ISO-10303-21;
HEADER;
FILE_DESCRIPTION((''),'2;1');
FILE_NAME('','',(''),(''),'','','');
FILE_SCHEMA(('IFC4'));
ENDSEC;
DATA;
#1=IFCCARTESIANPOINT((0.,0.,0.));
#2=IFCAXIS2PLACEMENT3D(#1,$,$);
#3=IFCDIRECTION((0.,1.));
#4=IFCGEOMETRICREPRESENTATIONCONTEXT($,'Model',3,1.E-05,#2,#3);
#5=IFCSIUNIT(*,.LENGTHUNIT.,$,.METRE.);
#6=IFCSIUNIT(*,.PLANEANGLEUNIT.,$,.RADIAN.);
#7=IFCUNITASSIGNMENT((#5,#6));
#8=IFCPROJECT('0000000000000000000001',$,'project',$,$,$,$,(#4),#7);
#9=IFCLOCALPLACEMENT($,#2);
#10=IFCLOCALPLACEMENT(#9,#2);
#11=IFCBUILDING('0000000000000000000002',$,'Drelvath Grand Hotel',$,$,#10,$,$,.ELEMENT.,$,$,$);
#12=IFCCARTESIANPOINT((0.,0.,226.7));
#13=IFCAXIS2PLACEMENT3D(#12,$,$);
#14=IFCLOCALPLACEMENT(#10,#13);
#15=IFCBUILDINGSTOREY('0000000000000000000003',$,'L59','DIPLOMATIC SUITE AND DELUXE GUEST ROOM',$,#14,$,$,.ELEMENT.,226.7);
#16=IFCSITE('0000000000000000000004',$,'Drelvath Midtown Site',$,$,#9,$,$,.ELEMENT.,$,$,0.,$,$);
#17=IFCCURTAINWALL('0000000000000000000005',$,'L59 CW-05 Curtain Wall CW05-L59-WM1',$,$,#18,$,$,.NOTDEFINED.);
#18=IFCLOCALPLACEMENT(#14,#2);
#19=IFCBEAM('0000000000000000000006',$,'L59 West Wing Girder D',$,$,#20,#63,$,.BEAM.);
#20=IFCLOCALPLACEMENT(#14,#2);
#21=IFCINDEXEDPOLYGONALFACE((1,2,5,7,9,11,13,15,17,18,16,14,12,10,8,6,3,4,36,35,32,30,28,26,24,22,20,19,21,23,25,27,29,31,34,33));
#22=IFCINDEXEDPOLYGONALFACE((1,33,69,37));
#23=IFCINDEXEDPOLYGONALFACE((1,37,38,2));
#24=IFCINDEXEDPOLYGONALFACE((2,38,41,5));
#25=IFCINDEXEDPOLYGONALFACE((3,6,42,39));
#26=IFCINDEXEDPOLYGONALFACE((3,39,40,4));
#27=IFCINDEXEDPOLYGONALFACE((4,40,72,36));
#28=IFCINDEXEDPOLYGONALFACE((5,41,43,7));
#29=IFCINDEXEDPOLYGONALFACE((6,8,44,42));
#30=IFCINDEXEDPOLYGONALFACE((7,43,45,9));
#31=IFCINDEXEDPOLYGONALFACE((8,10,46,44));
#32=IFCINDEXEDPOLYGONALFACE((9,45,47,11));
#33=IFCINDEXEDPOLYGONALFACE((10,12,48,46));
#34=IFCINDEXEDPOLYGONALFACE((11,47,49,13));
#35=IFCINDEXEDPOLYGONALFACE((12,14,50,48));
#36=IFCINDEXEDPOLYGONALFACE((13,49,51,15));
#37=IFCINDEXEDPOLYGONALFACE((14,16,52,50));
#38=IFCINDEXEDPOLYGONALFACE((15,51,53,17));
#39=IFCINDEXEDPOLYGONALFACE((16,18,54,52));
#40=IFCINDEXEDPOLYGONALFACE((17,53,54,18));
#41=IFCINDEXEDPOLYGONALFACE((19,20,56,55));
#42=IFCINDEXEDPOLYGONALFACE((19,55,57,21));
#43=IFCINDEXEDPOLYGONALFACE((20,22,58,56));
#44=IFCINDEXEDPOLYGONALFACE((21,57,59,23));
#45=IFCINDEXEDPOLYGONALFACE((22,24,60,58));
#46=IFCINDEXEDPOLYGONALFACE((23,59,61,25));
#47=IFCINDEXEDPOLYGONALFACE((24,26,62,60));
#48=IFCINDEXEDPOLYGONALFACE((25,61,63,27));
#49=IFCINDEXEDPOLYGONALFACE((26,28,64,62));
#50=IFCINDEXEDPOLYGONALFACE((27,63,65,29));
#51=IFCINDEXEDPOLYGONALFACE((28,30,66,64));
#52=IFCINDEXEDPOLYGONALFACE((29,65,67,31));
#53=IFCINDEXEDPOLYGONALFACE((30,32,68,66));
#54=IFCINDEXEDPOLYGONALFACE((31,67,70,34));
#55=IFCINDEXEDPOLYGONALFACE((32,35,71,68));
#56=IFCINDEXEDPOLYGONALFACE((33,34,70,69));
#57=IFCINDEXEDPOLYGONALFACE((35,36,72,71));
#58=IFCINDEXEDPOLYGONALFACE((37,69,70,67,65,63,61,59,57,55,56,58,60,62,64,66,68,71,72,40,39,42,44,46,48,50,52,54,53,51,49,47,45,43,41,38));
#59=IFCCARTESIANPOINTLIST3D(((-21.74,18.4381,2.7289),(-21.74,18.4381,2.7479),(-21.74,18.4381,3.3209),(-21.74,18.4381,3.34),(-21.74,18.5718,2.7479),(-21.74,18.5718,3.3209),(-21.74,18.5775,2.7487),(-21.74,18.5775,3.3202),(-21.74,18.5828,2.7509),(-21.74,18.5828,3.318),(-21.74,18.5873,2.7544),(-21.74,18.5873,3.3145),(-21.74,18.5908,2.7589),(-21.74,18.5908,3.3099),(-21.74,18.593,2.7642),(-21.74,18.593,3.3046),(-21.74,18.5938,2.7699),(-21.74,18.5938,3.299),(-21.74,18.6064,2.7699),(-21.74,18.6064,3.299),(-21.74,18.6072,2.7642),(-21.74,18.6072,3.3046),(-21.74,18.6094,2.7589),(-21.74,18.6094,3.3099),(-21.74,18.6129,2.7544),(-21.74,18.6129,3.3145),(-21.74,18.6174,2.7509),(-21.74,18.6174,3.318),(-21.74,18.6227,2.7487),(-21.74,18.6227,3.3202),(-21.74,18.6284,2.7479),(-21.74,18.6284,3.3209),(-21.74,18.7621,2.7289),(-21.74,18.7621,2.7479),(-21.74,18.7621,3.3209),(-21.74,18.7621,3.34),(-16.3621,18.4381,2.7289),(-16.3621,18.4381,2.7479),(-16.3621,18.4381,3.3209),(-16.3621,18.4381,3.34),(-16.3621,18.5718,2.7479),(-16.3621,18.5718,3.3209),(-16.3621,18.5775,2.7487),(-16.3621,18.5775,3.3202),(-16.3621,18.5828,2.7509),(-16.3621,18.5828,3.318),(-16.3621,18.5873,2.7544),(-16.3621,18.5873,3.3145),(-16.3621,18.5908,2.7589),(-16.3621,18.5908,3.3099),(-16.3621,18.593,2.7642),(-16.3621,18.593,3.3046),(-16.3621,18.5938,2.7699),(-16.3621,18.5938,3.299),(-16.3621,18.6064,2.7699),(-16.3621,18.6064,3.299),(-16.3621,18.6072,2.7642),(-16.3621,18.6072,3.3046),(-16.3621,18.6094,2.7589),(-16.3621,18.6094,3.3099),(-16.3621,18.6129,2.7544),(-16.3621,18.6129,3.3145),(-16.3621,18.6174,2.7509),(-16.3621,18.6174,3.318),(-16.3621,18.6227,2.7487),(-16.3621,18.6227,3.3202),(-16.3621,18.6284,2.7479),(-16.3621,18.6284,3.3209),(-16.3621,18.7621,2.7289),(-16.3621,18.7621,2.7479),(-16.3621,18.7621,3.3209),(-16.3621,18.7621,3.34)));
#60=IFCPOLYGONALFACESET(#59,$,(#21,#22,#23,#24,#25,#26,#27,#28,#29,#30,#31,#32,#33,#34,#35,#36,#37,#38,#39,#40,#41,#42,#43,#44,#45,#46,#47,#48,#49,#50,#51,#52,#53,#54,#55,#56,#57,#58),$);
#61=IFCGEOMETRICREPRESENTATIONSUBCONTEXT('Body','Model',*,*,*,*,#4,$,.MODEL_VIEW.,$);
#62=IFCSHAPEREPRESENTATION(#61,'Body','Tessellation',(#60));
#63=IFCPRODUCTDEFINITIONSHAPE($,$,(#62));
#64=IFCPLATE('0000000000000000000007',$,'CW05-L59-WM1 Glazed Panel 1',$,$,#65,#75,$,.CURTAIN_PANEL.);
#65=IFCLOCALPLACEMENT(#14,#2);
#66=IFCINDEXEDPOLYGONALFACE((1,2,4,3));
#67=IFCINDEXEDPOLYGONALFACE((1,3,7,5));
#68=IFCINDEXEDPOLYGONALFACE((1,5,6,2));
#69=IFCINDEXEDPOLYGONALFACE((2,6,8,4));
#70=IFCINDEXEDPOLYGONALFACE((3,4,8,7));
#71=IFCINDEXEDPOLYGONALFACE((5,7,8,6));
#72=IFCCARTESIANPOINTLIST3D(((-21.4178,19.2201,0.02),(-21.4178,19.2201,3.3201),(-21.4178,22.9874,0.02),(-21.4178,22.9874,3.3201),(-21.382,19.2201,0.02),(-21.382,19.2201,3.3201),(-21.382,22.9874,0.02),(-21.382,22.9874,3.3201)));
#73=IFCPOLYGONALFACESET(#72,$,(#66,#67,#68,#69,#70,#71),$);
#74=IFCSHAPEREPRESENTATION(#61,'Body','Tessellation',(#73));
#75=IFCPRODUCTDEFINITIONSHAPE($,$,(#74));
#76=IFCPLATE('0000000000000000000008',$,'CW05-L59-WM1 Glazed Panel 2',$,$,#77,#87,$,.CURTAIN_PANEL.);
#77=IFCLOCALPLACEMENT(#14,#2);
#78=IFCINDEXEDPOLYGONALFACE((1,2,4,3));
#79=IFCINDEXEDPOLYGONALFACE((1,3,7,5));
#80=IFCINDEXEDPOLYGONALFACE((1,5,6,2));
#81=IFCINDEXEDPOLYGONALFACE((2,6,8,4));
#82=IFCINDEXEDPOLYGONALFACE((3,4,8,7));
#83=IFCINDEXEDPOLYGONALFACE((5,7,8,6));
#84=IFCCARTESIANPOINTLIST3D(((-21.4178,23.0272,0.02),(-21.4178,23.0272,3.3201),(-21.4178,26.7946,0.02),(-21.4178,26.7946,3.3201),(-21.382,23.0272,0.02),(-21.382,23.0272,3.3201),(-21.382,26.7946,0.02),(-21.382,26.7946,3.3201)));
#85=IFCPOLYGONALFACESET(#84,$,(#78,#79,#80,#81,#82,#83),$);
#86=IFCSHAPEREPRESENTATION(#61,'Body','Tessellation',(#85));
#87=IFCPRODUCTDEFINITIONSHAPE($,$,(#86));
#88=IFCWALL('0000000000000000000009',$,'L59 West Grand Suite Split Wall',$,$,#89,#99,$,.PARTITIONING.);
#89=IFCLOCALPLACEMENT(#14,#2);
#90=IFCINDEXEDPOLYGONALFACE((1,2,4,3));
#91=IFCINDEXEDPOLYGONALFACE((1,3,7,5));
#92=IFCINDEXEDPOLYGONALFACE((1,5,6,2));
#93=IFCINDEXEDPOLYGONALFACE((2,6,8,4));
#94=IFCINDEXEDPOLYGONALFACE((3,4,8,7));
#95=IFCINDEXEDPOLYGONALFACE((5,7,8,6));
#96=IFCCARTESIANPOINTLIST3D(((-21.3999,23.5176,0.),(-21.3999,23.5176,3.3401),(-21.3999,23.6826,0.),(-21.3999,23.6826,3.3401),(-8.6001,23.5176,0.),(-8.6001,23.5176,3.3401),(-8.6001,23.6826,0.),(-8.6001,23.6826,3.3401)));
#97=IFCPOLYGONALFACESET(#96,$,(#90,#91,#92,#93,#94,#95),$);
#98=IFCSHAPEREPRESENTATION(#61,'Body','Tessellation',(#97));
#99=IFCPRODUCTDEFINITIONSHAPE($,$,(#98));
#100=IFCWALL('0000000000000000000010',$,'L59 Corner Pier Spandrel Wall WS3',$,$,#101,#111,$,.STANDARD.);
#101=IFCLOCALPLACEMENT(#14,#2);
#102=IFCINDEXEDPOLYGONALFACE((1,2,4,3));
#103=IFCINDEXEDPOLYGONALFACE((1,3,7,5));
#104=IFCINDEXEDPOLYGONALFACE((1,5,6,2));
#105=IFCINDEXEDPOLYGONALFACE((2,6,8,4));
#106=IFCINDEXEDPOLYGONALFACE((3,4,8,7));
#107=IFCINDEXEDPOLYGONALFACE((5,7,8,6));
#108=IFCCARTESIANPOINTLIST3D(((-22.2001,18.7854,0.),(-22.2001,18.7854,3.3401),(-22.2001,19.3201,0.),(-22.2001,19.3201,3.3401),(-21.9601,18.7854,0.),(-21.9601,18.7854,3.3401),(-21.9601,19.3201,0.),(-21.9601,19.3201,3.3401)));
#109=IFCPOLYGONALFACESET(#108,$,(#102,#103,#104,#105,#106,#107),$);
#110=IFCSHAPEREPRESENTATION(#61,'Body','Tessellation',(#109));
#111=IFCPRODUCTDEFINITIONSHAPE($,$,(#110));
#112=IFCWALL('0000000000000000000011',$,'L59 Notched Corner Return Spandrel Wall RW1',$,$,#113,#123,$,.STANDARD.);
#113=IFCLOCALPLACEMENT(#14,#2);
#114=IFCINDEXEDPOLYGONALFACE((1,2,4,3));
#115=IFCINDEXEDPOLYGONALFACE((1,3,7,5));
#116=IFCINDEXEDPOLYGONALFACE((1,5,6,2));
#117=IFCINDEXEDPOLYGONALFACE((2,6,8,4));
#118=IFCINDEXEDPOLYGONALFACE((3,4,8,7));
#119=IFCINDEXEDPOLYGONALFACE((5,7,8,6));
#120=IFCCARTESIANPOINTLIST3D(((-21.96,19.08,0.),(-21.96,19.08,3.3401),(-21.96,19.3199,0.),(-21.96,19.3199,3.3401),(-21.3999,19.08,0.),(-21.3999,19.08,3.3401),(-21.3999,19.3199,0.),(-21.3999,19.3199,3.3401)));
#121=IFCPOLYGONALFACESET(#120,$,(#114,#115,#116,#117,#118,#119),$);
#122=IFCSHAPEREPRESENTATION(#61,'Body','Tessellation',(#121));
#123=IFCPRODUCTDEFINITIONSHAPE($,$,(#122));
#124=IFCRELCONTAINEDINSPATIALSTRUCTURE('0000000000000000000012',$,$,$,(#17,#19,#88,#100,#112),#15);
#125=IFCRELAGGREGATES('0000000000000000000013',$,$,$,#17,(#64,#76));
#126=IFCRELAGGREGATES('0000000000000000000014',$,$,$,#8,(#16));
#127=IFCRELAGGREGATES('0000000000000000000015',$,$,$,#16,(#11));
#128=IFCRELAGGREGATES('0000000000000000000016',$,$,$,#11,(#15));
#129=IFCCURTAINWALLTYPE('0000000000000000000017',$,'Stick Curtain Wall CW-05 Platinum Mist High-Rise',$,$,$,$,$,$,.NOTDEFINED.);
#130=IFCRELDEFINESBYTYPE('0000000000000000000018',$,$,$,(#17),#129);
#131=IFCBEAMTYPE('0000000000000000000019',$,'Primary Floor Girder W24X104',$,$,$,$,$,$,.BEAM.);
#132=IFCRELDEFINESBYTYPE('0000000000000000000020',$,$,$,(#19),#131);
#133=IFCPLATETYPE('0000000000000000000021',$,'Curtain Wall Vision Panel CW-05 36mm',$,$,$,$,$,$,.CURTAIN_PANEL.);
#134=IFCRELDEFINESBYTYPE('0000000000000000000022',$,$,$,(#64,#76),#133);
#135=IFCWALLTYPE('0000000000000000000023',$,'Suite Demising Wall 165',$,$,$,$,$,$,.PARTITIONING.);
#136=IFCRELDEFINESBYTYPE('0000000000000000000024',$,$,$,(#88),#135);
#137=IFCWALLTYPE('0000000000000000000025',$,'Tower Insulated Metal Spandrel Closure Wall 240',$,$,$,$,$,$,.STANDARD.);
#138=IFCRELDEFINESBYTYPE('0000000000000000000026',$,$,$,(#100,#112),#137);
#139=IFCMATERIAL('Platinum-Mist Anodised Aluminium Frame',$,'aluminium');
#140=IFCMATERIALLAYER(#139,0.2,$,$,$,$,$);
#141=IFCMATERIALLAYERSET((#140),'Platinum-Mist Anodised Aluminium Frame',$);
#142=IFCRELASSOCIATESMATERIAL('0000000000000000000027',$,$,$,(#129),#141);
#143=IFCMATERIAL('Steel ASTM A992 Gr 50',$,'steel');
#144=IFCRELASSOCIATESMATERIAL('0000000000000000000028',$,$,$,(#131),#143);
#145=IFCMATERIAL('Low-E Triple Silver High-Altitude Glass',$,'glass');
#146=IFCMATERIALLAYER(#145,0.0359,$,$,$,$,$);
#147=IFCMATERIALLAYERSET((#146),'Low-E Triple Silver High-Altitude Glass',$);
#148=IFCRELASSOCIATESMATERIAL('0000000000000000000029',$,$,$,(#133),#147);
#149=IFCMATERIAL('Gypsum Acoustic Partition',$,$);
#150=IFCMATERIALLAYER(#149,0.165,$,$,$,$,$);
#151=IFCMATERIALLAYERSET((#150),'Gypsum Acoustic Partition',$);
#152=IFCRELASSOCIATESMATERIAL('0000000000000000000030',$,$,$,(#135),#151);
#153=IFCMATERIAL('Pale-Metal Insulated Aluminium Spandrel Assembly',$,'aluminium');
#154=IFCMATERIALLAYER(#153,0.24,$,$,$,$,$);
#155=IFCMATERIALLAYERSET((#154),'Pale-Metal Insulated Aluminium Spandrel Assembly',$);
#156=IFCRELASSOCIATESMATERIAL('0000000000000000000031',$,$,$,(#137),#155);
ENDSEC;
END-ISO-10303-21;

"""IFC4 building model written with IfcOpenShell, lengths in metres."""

from ifc_helpers import new_model, si_unit, direction, frame, frame_2d, origin, origin_2d, place, context, subcontext, project, spatial, rectangle, i_section, extrude, material, layer, layer_set, material_profile, profile_set, type_object, element, aggregate, save


model = new_model("IFC4")

# Units and contexts
model_context = context("Model", 3, precision=1e-05, world=origin(), true_north=direction((0.0, 1.0)))
body_context = subcontext(model_context, "Body", "Model", "MODEL_VIEW")
ifc_project = project(units=[si_unit("LENGTHUNIT", "METRE"), si_unit("PLANEANGLEUNIT", "RADIAN")], contexts=[model_context])

# Site, building, storey
site_placement = place(None, origin())
site = spatial("IfcSite", under=ifc_project, at=site_placement, Name="Drelvath Midtown Site", CompositionType="ELEMENT", RefElevation=0.0)
building_placement = place(site_placement, origin())
building = spatial("IfcBuilding", under=site, at=building_placement, Name="Drelvath Grand Hotel", CompositionType="ELEMENT")
storey_placement = place(building_placement, frame((0.0, 0.0, 226.7)))
storey = spatial("IfcBuildingStorey", under=building, at=storey_placement, Name="L59", Description="DIPLOMATIC SUITE AND DELUXE GUEST ROOM", CompositionType="ELEMENT", Elevation=226.7)

# Curtain wall
ifc_material_1 = material(Name="Platinum-Mist Anodised Aluminium Frame", Category="aluminium")
ifc_layer_1 = layer(ifc_material_1, 0.2)
ifc_layer_set_1 = layer_set([ifc_layer_1], Name="Platinum-Mist Anodised Aluminium Frame")
curtain_wall_type = type_object("IfcCurtainWallType", Name="Stick Curtain Wall CW-05 Platinum Mist High-Rise", PredefinedType="NOTDEFINED", material=ifc_layer_set_1)
curtain_wall_placement = place(storey_placement, origin())
curtain_wall = element("IfcCurtainWall", 1, at=curtain_wall_placement, inside=storey, type_object=curtain_wall_type, Name="L59 CW-05 Curtain Wall CW05-L59-WM1", PredefinedType="NOTDEFINED")

# Beam
ifc_material_2 = material(Name="Steel ASTM A992 Gr 50", Category="steel")
ifc_material_profile_1 = material_profile(ifc_material_2, i_section(OverallWidth=0.324, OverallDepth=0.6111, WebThickness=0.0127, FlangeThickness=0.019, FilletRadius=0.022, at=origin_2d()), Name="W24X104")
ifc_profile_set_1 = profile_set([ifc_material_profile_1], Name="Steel ASTM A992 Gr 50")
beam_type_1 = type_object("IfcBeamType", Name="Primary Floor Girder W24X104", PredefinedType="BEAM", material=ifc_profile_set_1)
beam_1_placement = place(storey_placement, frame((-21.74, 18.6001, 3.0344), z_axis=(1.0, 0.0, 0.0), x_axis=(0.0, 1.0, 0.0)))
element("IfcBeam", 2, at=beam_1_placement, inside=storey, type_object=beam_type_1, Name="L59 West Wing Girder D", PredefinedType="BEAM", context=body_context, shape_type="SweptSolid", body=[
    extrude(i_section(OverallWidth=0.324, OverallDepth=0.6111, WebThickness=0.0127, FlangeThickness=0.019, FilletRadius=0.022, at=origin_2d()), origin(), (0.0, 0.0, 1.0), 5.3779),
])

# Plates
ifc_material_3 = material(Name="Low-E Triple Silver High-Altitude Glass", Category="glass")
ifc_layer_2 = layer(ifc_material_3, 0.0359)
ifc_layer_set_2 = layer_set([ifc_layer_2], Name="Low-E Triple Silver High-Altitude Glass")
plate_type = type_object("IfcPlateType", Name="Curtain Wall Vision Panel CW-05 36mm", PredefinedType="CURTAIN_PANEL", material=ifc_layer_set_2)
plate_1_placement = place(storey_placement, frame((-21.3999, 21.1038, 0.02), z_axis=(0.0, 0.0, 1.0), x_axis=(0.0, 1.0, 0.0)))
plate_1 = element("IfcPlate", 3, at=plate_1_placement, type_object=plate_type, Name="CW05-L59-WM1 Glazed Panel 1", PredefinedType="CURTAIN_PANEL", context=body_context, shape_type="SweptSolid", body=[
    extrude(rectangle(XDim=3.7673, YDim=0.0359, at=origin_2d()), origin(), (0.0, 0.0, 1.0), 3.3),
])
plate_2_placement = place(storey_placement, frame((-21.3999, 24.9109, 0.02), z_axis=(0.0, 0.0, 1.0), x_axis=(0.0, 1.0, 0.0)))
plate_2 = element("IfcPlate", 4, at=plate_2_placement, type_object=plate_type, Name="CW05-L59-WM1 Glazed Panel 2", PredefinedType="CURTAIN_PANEL", context=body_context, shape_type="SweptSolid", body=[
    extrude(rectangle(XDim=3.7673, YDim=0.0359, at=origin_2d()), origin(), (0.0, 0.0, 1.0), 3.3),
])
aggregate(curtain_wall, [plate_1, plate_2])

# Walls
ifc_material_4 = material(Name="Gypsum Acoustic Partition")
ifc_layer_3 = layer(ifc_material_4, 0.165)
ifc_layer_set_3 = layer_set([ifc_layer_3], Name="Gypsum Acoustic Partition")
wall_type_1 = type_object("IfcWallType", Name="Suite Demising Wall 165", PredefinedType="PARTITIONING", material=ifc_layer_set_3)
wall_1_placement = place(storey_placement, frame((-21.3999, 23.6001, 0.0), z_axis=(0.0, 0.0, 1.0), x_axis=(1.0, 0.0, 0.0)))
element("IfcWall", 5, at=wall_1_placement, inside=storey, type_object=wall_type_1, Name="L59 West Grand Suite Split Wall", PredefinedType="PARTITIONING", context=body_context, shape_type="SweptSolid", body=[
    extrude(rectangle(XDim=12.7998, YDim=0.165, at=frame_2d((6.3999, 0.0))), origin(), (0.0, 0.0, 1.0), 3.3401),
])
ifc_material_5 = material(Name="Pale-Metal Insulated Aluminium Spandrel Assembly", Category="aluminium")
ifc_layer_4 = layer(ifc_material_5, 0.24)
ifc_layer_set_4 = layer_set([ifc_layer_4], Name="Pale-Metal Insulated Aluminium Spandrel Assembly")
wall_type_2 = type_object("IfcWallType", Name="Tower Insulated Metal Spandrel Closure Wall 240", PredefinedType="STANDARD", material=ifc_layer_set_4)
wall_2_placement = place(storey_placement, frame((-22.0801, 18.7854, 0.0), z_axis=(0.0, 0.0, 1.0), x_axis=(0.0, 1.0, 0.0)))
element("IfcWall", 6, at=wall_2_placement, inside=storey, type_object=wall_type_2, Name="L59 Corner Pier Spandrel Wall WS3", PredefinedType="STANDARD", context=body_context, shape_type="SweptSolid", body=[
    extrude(rectangle(XDim=0.5347, YDim=0.24, at=frame_2d((0.2673, 0.0))), origin(), (0.0, 0.0, 1.0), 3.3401),
])
wall_3_placement = place(storey_placement, frame((-21.96, 19.2, 0.0), z_axis=(0.0, 0.0, 1.0), x_axis=(1.0, 0.0, 0.0)))
element("IfcWall", 7, at=wall_3_placement, inside=storey, type_object=wall_type_2, Name="L59 Notched Corner Return Spandrel Wall RW1", PredefinedType="STANDARD", context=body_context, shape_type="SweptSolid", body=[
    extrude(rectangle(XDim=0.5601, YDim=0.24, at=frame_2d((0.28, 0.0))), origin(), (0.0, 0.0, 1.0), 3.3401),
])

save(model, "model.ifc")
